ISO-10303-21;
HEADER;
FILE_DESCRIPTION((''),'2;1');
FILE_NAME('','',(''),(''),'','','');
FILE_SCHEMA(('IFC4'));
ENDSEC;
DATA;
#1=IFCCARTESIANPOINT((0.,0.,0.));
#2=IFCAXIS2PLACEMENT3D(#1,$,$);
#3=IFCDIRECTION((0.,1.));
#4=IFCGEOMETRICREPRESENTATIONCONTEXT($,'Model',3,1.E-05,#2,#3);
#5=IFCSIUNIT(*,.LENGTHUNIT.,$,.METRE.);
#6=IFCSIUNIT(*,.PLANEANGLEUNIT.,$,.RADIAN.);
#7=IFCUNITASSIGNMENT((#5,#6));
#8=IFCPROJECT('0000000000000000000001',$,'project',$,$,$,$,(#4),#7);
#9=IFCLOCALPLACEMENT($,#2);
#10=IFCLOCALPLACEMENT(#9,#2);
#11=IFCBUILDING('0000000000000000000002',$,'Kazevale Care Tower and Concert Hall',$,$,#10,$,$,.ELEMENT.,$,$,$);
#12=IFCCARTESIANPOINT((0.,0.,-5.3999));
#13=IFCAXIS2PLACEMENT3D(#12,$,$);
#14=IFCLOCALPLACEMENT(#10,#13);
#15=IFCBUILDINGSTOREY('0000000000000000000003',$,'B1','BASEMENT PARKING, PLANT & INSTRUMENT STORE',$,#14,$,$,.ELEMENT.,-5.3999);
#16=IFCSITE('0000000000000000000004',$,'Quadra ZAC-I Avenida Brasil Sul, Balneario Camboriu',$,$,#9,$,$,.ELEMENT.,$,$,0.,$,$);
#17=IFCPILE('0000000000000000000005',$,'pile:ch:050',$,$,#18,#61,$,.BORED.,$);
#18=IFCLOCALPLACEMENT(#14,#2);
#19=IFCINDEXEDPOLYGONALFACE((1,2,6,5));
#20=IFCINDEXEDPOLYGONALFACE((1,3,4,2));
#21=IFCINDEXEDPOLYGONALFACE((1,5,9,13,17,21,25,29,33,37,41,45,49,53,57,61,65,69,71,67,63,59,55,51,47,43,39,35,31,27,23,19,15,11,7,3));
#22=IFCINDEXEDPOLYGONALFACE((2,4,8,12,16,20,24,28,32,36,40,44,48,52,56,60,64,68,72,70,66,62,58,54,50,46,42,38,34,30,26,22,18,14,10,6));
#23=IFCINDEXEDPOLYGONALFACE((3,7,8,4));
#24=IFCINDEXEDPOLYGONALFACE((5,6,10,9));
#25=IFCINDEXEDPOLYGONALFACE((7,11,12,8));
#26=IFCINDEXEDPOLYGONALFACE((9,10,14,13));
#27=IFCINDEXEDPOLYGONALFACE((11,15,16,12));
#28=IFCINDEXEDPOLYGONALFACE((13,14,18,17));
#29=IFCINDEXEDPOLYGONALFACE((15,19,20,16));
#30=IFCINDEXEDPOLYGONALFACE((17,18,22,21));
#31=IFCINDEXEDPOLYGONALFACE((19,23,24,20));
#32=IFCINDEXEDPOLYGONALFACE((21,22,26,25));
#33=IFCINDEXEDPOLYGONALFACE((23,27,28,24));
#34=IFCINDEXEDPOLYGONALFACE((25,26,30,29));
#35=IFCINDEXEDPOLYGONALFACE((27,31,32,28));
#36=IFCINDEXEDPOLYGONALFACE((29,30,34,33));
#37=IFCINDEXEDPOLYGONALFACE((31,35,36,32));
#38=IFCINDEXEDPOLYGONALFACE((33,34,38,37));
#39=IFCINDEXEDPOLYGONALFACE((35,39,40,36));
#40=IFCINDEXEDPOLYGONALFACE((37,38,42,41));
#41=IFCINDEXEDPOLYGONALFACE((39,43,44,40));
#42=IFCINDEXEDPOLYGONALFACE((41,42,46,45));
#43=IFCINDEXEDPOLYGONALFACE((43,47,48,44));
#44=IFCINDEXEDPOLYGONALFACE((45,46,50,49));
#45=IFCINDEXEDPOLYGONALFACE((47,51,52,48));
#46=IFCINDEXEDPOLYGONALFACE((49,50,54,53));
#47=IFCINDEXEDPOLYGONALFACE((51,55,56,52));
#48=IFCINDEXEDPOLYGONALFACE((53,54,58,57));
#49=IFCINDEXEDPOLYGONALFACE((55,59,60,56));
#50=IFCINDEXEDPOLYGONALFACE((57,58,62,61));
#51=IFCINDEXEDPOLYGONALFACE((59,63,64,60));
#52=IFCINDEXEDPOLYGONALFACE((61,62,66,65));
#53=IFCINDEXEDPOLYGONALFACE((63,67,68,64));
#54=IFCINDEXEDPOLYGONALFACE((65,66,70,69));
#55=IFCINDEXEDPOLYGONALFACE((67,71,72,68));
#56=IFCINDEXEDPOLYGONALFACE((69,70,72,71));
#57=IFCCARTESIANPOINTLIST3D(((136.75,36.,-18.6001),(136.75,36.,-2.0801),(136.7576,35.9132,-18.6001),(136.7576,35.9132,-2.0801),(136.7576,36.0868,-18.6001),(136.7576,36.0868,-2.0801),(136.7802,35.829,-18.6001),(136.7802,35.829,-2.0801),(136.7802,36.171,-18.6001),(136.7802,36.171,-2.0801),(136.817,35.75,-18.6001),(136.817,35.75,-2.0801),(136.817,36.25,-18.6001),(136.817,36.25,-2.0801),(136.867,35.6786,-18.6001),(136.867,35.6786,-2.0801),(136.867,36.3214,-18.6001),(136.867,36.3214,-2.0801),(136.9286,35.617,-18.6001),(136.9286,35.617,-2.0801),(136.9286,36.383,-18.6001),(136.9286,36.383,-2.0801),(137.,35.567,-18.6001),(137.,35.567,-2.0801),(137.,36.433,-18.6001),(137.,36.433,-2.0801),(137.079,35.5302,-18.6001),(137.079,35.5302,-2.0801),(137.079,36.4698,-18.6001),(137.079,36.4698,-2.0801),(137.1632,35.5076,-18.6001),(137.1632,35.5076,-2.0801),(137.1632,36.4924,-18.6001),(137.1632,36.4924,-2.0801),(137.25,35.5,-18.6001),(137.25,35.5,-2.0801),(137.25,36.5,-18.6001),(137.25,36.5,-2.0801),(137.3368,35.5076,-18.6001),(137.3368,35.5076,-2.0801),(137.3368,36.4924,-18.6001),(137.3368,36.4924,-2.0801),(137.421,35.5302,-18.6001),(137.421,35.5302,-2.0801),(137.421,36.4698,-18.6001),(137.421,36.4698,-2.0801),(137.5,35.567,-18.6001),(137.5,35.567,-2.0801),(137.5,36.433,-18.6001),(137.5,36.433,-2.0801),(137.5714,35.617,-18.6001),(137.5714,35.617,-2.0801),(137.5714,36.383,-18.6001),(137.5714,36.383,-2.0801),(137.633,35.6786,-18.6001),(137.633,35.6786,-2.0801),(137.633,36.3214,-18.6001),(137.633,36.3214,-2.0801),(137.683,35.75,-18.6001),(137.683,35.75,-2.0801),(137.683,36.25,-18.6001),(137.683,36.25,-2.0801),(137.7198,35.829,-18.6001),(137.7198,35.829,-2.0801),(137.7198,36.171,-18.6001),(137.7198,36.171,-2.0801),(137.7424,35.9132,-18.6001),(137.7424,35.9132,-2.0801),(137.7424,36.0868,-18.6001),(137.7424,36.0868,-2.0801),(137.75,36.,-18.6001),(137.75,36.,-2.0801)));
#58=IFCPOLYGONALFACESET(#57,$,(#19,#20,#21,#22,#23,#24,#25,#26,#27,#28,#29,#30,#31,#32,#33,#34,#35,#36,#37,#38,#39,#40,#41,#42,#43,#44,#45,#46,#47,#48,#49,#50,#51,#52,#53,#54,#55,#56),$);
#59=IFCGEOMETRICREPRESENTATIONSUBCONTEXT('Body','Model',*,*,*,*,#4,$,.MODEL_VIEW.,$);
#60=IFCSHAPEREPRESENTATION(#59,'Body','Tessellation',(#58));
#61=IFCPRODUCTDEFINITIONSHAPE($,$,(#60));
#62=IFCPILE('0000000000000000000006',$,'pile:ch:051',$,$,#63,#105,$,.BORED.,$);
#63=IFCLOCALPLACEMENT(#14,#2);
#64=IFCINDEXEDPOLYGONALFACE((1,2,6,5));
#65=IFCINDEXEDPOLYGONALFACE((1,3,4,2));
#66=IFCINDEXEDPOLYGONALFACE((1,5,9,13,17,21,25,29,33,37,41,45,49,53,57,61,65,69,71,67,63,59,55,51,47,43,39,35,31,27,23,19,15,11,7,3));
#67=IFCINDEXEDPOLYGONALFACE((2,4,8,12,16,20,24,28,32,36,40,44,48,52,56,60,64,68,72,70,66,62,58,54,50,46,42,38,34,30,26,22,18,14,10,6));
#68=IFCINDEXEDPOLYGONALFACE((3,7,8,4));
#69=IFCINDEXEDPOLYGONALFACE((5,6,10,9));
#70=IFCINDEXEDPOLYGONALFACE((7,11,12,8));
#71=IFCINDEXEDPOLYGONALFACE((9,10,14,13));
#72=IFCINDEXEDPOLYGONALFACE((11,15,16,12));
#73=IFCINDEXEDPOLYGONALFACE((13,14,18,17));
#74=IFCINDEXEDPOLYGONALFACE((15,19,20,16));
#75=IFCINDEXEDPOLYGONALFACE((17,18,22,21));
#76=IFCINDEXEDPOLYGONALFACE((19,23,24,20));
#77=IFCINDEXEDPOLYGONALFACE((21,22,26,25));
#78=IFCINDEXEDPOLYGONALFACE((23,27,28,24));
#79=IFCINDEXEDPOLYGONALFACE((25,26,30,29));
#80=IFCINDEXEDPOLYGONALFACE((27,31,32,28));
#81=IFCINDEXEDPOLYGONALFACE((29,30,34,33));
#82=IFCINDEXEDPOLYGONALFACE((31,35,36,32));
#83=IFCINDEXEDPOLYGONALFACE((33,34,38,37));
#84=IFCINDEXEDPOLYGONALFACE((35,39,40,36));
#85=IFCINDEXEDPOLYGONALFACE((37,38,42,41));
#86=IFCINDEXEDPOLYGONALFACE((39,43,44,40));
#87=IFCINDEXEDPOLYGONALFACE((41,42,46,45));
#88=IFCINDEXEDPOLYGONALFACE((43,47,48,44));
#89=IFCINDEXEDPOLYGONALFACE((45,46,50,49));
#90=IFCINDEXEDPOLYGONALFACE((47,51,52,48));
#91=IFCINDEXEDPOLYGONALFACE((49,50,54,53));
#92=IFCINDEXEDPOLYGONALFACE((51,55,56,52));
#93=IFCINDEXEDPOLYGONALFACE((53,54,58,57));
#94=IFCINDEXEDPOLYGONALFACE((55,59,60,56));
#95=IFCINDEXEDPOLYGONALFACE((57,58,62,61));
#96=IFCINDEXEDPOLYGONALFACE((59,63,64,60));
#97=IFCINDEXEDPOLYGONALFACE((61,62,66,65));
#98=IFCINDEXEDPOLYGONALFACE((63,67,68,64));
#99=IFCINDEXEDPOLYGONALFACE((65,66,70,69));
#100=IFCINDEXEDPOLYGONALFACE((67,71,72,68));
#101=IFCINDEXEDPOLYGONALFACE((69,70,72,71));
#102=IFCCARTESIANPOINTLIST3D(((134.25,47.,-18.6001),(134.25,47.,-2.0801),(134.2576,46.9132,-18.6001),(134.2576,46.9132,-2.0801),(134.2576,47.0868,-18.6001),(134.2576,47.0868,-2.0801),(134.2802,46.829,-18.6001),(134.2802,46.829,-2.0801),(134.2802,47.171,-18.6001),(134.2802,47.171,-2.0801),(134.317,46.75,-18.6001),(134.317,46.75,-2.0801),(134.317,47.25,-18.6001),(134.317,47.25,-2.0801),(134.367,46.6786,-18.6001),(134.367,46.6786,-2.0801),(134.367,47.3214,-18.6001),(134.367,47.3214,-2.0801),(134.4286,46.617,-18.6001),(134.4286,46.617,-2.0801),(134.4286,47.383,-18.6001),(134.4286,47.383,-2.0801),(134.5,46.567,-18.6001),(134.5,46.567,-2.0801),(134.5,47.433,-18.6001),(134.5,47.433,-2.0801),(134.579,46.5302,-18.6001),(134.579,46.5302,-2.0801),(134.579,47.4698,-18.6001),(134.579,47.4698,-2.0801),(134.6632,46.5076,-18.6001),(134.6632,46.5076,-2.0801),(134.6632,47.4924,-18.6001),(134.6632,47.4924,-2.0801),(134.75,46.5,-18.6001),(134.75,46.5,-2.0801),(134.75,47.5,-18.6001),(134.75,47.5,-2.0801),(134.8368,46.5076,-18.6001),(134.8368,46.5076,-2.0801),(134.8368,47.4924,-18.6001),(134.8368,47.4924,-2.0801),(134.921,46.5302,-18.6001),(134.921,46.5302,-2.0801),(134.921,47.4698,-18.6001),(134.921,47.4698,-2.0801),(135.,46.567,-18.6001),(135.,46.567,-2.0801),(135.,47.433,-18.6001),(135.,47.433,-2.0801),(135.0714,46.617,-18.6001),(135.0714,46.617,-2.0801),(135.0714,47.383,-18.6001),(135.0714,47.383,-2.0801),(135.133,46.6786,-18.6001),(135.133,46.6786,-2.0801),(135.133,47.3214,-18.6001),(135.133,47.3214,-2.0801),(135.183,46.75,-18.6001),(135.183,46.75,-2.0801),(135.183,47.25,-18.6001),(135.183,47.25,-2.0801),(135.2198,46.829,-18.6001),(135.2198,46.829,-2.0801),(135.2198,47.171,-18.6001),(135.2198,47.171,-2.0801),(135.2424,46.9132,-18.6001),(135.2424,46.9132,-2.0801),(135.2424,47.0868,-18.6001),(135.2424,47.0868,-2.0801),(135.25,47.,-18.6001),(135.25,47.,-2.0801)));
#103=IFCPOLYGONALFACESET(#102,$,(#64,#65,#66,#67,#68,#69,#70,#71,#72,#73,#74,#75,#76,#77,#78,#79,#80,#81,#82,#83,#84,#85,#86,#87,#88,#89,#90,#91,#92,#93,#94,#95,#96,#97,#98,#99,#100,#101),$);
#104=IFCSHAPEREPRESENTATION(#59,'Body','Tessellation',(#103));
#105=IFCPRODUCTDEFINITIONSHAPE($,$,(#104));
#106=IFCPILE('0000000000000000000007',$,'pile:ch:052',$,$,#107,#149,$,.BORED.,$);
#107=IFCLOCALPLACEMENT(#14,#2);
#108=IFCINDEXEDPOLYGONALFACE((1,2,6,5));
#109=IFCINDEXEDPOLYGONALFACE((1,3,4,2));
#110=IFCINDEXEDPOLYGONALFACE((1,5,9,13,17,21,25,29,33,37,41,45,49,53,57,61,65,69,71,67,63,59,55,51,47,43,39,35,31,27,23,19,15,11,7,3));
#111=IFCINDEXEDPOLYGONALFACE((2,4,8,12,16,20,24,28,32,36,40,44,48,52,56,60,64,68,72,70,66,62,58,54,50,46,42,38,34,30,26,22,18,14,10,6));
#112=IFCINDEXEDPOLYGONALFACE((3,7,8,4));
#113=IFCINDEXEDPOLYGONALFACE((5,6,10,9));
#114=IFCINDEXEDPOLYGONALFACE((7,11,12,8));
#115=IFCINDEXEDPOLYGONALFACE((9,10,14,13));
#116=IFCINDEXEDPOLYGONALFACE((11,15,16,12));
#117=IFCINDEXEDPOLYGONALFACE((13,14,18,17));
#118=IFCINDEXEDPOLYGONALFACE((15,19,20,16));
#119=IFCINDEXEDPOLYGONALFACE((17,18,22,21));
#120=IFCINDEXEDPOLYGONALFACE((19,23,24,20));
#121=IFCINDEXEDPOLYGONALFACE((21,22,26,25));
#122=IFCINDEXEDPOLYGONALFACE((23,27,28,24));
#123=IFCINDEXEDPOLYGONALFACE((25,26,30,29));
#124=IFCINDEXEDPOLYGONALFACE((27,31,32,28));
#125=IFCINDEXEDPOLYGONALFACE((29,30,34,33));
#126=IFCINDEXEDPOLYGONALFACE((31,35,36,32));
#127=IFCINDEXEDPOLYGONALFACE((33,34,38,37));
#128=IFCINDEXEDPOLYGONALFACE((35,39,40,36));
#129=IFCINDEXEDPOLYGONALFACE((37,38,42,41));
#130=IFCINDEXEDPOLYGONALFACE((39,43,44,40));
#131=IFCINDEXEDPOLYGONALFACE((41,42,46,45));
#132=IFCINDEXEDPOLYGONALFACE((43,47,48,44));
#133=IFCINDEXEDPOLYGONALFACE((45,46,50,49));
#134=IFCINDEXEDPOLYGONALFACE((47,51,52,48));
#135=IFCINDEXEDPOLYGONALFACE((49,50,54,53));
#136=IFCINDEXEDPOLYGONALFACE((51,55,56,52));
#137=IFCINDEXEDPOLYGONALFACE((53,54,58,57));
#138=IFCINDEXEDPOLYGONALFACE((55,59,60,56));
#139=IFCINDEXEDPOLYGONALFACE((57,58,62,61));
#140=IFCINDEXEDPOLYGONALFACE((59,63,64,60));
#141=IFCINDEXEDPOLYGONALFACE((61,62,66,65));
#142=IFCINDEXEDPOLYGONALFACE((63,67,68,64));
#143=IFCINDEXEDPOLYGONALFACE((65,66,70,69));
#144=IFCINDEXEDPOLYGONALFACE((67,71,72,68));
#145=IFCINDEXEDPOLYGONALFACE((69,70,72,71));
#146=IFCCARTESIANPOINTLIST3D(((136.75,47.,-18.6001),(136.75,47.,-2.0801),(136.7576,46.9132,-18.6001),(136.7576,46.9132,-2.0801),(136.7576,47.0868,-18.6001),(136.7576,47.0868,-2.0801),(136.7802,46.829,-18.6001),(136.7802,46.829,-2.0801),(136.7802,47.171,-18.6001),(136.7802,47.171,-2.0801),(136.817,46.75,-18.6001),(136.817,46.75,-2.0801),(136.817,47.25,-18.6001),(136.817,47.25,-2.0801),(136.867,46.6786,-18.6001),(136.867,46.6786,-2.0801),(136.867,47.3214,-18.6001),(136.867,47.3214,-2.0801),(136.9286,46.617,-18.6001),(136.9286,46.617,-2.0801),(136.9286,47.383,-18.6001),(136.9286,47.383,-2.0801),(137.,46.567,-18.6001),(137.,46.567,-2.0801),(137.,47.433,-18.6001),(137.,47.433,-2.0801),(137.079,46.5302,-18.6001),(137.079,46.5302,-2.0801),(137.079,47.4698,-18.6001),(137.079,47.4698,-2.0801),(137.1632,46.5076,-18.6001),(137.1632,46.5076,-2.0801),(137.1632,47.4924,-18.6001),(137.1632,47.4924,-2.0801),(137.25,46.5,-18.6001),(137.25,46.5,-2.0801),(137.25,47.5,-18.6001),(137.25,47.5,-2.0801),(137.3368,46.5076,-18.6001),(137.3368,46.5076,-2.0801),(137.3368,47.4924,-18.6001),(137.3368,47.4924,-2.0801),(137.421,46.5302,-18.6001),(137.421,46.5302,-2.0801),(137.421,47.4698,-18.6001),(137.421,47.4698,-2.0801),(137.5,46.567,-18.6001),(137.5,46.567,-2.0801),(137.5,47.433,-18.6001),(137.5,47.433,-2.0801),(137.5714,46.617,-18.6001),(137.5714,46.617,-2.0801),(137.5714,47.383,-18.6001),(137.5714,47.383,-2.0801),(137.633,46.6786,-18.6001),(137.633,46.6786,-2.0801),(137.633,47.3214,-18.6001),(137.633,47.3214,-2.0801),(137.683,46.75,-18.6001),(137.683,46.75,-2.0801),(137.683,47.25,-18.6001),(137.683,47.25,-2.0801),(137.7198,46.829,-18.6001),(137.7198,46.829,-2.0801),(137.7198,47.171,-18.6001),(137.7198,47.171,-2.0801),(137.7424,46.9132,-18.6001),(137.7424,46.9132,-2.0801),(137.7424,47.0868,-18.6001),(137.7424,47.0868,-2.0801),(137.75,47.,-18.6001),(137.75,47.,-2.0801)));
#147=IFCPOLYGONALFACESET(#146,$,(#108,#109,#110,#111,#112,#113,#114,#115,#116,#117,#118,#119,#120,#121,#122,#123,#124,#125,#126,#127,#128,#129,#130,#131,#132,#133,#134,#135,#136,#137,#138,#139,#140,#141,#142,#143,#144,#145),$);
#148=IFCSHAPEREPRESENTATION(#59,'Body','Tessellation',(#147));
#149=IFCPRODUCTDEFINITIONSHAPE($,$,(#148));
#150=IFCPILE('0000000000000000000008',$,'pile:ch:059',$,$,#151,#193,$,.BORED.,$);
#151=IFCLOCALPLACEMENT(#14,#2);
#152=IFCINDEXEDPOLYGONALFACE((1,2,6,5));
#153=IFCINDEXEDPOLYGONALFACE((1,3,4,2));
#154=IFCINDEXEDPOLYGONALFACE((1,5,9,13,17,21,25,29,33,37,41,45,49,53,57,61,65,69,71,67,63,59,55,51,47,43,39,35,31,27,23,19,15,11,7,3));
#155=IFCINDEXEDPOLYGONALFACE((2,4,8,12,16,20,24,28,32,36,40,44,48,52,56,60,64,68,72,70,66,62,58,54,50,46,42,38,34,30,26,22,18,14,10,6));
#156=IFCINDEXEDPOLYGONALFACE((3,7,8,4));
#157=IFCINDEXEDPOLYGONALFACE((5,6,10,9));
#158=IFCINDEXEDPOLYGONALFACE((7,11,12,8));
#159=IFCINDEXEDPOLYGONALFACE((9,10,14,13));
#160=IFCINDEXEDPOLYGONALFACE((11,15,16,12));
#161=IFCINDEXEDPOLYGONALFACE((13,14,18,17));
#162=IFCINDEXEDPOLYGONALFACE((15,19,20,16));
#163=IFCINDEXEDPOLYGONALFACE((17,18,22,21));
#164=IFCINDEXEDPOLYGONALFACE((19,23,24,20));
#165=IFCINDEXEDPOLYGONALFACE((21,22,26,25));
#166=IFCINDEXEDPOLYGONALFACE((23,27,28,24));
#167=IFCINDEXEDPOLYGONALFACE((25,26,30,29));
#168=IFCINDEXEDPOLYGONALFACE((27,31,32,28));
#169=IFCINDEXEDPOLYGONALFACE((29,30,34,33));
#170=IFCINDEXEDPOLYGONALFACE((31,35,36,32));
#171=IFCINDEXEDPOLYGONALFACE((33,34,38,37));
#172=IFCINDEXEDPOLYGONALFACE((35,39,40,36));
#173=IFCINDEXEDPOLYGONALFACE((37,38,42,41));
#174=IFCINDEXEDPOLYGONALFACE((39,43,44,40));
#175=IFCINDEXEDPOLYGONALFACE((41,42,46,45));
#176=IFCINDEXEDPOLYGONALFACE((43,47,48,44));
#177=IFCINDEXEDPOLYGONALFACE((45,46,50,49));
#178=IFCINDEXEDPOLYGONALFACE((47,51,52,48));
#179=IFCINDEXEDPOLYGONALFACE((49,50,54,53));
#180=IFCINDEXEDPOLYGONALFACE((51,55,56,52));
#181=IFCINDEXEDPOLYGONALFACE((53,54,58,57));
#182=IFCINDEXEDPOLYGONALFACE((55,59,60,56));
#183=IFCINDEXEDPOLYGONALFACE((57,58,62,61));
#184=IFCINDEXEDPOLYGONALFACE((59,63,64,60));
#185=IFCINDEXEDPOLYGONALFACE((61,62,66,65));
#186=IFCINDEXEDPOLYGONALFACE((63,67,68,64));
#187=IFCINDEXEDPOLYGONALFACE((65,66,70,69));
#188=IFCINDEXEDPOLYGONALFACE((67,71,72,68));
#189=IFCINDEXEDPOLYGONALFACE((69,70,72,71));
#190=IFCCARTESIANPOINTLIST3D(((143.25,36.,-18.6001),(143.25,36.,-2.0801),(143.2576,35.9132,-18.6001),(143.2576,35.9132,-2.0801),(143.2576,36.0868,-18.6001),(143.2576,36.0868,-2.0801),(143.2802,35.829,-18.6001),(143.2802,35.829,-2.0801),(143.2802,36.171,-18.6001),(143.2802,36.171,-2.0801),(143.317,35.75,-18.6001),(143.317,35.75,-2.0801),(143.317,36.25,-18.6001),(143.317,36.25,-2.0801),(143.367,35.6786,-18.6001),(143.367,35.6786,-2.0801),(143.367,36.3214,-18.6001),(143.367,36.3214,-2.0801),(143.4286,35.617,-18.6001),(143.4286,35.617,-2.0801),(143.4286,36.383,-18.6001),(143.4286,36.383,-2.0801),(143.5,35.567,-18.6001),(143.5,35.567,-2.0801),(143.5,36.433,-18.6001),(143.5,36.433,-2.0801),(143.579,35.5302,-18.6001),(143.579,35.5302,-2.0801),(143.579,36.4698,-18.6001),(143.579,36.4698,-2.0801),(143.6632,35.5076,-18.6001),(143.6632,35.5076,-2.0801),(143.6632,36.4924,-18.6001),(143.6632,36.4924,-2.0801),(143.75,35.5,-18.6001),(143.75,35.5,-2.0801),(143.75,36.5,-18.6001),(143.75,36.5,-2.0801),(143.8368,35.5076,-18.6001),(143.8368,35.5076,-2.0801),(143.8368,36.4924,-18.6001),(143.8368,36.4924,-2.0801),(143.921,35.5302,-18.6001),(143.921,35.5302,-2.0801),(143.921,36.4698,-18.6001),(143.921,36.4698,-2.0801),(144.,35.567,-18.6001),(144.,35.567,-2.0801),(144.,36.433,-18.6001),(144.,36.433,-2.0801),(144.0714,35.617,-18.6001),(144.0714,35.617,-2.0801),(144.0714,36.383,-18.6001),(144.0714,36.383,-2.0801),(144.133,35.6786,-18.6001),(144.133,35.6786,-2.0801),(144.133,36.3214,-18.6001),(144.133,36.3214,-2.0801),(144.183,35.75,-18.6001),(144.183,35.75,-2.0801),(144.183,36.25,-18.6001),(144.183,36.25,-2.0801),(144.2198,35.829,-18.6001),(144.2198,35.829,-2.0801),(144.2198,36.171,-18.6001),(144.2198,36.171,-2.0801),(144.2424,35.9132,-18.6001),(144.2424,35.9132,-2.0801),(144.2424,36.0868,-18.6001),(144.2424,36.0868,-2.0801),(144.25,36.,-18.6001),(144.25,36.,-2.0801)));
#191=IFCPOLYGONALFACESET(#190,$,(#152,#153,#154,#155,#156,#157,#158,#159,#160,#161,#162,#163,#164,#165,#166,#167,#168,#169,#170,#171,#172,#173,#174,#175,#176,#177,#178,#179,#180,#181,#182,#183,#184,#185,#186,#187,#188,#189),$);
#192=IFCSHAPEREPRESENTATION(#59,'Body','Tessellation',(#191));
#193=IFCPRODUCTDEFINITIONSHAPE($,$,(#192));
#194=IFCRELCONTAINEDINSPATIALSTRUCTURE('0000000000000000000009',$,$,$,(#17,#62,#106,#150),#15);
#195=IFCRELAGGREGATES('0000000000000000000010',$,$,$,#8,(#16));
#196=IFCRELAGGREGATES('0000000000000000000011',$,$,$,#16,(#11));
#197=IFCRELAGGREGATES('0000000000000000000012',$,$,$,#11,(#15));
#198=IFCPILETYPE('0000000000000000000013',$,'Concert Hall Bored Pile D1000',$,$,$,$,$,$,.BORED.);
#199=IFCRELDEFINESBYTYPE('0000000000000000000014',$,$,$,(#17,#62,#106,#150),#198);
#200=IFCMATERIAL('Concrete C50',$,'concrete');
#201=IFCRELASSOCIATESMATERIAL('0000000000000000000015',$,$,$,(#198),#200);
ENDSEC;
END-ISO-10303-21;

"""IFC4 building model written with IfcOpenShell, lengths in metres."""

from ifc_helpers import new_model, si_unit, direction, frame, origin, origin_2d, place, context, subcontext, project, spatial, circle, extrude, material, material_profile, profile_set, type_object, element, save


model = new_model("IFC4")

# Units and contexts
model_context = context("Model", 3, precision=1e-05, world=origin(), true_north=direction((0.0, 1.0)))
body_context = subcontext(model_context, "Body", "Model", "MODEL_VIEW")
ifc_project = project(units=[si_unit("LENGTHUNIT", "METRE"), si_unit("PLANEANGLEUNIT", "RADIAN")], contexts=[model_context])

# Site, building, storey
site_placement = place(None, origin())
site = spatial("IfcSite", under=ifc_project, at=site_placement, Name="Quadra ZAC-I Avenida Brasil Sul, Balneario Camboriu", CompositionType="ELEMENT", RefElevation=0.0)
building_placement = place(site_placement, origin())
building = spatial("IfcBuilding", under=site, at=building_placement, Name="Kazevale Care Tower and Concert Hall", CompositionType="ELEMENT")
storey_placement = place(building_placement, frame((0.0, 0.0, -5.3999)))
storey = spatial("IfcBuildingStorey", under=building, at=storey_placement, Name="B1", Description="BASEMENT PARKING, PLANT & INSTRUMENT STORE", CompositionType="ELEMENT", Elevation=-5.3999)

# Piles
ifc_material_1 = material(Name="Concrete C50", Category="concrete")
ifc_material_profile_1 = material_profile(ifc_material_1, circle(Radius=0.5, at=origin_2d()), Name="PILE-D1000")
ifc_profile_set_1 = profile_set([ifc_material_profile_1], Name="Concrete C50")
pile_type = type_object("IfcPileType", Name="Concert Hall Bored Pile D1000", PredefinedType="BORED", material=ifc_profile_set_1)
for number, where, z_axis, x_axis, name in (
    (1, (137.25, 36.0, -2.0801), (0.0, 0.0, -1.0), (1.0, 0.0, 0.0), "pile:ch:050"),
    (2, (134.75, 47.0, -2.0801), (0.0, 0.0, -1.0), (1.0, 0.0, 0.0), "pile:ch:051"),
    (3, (137.25, 47.0, -2.0801), (0.0, 0.0, -1.0), (1.0, 0.0, 0.0), "pile:ch:052"),
    (4, (143.75, 36.0, -2.0801), (0.0, 0.0, -1.0), (1.0, 0.0, 0.0), "pile:ch:059"),
):
    element("IfcPile", number, at=place(storey_placement, frame(where, z_axis=z_axis, x_axis=x_axis)), inside=storey, type_object=pile_type, Name=name, PredefinedType="BORED", context=body_context, shape_type="SweptSolid", body=[
        extrude(circle(Radius=0.5, at=origin_2d()), origin(), (0.0, 0.0, 1.0), 16.52),
    ])

save(model, "model.ifc")
